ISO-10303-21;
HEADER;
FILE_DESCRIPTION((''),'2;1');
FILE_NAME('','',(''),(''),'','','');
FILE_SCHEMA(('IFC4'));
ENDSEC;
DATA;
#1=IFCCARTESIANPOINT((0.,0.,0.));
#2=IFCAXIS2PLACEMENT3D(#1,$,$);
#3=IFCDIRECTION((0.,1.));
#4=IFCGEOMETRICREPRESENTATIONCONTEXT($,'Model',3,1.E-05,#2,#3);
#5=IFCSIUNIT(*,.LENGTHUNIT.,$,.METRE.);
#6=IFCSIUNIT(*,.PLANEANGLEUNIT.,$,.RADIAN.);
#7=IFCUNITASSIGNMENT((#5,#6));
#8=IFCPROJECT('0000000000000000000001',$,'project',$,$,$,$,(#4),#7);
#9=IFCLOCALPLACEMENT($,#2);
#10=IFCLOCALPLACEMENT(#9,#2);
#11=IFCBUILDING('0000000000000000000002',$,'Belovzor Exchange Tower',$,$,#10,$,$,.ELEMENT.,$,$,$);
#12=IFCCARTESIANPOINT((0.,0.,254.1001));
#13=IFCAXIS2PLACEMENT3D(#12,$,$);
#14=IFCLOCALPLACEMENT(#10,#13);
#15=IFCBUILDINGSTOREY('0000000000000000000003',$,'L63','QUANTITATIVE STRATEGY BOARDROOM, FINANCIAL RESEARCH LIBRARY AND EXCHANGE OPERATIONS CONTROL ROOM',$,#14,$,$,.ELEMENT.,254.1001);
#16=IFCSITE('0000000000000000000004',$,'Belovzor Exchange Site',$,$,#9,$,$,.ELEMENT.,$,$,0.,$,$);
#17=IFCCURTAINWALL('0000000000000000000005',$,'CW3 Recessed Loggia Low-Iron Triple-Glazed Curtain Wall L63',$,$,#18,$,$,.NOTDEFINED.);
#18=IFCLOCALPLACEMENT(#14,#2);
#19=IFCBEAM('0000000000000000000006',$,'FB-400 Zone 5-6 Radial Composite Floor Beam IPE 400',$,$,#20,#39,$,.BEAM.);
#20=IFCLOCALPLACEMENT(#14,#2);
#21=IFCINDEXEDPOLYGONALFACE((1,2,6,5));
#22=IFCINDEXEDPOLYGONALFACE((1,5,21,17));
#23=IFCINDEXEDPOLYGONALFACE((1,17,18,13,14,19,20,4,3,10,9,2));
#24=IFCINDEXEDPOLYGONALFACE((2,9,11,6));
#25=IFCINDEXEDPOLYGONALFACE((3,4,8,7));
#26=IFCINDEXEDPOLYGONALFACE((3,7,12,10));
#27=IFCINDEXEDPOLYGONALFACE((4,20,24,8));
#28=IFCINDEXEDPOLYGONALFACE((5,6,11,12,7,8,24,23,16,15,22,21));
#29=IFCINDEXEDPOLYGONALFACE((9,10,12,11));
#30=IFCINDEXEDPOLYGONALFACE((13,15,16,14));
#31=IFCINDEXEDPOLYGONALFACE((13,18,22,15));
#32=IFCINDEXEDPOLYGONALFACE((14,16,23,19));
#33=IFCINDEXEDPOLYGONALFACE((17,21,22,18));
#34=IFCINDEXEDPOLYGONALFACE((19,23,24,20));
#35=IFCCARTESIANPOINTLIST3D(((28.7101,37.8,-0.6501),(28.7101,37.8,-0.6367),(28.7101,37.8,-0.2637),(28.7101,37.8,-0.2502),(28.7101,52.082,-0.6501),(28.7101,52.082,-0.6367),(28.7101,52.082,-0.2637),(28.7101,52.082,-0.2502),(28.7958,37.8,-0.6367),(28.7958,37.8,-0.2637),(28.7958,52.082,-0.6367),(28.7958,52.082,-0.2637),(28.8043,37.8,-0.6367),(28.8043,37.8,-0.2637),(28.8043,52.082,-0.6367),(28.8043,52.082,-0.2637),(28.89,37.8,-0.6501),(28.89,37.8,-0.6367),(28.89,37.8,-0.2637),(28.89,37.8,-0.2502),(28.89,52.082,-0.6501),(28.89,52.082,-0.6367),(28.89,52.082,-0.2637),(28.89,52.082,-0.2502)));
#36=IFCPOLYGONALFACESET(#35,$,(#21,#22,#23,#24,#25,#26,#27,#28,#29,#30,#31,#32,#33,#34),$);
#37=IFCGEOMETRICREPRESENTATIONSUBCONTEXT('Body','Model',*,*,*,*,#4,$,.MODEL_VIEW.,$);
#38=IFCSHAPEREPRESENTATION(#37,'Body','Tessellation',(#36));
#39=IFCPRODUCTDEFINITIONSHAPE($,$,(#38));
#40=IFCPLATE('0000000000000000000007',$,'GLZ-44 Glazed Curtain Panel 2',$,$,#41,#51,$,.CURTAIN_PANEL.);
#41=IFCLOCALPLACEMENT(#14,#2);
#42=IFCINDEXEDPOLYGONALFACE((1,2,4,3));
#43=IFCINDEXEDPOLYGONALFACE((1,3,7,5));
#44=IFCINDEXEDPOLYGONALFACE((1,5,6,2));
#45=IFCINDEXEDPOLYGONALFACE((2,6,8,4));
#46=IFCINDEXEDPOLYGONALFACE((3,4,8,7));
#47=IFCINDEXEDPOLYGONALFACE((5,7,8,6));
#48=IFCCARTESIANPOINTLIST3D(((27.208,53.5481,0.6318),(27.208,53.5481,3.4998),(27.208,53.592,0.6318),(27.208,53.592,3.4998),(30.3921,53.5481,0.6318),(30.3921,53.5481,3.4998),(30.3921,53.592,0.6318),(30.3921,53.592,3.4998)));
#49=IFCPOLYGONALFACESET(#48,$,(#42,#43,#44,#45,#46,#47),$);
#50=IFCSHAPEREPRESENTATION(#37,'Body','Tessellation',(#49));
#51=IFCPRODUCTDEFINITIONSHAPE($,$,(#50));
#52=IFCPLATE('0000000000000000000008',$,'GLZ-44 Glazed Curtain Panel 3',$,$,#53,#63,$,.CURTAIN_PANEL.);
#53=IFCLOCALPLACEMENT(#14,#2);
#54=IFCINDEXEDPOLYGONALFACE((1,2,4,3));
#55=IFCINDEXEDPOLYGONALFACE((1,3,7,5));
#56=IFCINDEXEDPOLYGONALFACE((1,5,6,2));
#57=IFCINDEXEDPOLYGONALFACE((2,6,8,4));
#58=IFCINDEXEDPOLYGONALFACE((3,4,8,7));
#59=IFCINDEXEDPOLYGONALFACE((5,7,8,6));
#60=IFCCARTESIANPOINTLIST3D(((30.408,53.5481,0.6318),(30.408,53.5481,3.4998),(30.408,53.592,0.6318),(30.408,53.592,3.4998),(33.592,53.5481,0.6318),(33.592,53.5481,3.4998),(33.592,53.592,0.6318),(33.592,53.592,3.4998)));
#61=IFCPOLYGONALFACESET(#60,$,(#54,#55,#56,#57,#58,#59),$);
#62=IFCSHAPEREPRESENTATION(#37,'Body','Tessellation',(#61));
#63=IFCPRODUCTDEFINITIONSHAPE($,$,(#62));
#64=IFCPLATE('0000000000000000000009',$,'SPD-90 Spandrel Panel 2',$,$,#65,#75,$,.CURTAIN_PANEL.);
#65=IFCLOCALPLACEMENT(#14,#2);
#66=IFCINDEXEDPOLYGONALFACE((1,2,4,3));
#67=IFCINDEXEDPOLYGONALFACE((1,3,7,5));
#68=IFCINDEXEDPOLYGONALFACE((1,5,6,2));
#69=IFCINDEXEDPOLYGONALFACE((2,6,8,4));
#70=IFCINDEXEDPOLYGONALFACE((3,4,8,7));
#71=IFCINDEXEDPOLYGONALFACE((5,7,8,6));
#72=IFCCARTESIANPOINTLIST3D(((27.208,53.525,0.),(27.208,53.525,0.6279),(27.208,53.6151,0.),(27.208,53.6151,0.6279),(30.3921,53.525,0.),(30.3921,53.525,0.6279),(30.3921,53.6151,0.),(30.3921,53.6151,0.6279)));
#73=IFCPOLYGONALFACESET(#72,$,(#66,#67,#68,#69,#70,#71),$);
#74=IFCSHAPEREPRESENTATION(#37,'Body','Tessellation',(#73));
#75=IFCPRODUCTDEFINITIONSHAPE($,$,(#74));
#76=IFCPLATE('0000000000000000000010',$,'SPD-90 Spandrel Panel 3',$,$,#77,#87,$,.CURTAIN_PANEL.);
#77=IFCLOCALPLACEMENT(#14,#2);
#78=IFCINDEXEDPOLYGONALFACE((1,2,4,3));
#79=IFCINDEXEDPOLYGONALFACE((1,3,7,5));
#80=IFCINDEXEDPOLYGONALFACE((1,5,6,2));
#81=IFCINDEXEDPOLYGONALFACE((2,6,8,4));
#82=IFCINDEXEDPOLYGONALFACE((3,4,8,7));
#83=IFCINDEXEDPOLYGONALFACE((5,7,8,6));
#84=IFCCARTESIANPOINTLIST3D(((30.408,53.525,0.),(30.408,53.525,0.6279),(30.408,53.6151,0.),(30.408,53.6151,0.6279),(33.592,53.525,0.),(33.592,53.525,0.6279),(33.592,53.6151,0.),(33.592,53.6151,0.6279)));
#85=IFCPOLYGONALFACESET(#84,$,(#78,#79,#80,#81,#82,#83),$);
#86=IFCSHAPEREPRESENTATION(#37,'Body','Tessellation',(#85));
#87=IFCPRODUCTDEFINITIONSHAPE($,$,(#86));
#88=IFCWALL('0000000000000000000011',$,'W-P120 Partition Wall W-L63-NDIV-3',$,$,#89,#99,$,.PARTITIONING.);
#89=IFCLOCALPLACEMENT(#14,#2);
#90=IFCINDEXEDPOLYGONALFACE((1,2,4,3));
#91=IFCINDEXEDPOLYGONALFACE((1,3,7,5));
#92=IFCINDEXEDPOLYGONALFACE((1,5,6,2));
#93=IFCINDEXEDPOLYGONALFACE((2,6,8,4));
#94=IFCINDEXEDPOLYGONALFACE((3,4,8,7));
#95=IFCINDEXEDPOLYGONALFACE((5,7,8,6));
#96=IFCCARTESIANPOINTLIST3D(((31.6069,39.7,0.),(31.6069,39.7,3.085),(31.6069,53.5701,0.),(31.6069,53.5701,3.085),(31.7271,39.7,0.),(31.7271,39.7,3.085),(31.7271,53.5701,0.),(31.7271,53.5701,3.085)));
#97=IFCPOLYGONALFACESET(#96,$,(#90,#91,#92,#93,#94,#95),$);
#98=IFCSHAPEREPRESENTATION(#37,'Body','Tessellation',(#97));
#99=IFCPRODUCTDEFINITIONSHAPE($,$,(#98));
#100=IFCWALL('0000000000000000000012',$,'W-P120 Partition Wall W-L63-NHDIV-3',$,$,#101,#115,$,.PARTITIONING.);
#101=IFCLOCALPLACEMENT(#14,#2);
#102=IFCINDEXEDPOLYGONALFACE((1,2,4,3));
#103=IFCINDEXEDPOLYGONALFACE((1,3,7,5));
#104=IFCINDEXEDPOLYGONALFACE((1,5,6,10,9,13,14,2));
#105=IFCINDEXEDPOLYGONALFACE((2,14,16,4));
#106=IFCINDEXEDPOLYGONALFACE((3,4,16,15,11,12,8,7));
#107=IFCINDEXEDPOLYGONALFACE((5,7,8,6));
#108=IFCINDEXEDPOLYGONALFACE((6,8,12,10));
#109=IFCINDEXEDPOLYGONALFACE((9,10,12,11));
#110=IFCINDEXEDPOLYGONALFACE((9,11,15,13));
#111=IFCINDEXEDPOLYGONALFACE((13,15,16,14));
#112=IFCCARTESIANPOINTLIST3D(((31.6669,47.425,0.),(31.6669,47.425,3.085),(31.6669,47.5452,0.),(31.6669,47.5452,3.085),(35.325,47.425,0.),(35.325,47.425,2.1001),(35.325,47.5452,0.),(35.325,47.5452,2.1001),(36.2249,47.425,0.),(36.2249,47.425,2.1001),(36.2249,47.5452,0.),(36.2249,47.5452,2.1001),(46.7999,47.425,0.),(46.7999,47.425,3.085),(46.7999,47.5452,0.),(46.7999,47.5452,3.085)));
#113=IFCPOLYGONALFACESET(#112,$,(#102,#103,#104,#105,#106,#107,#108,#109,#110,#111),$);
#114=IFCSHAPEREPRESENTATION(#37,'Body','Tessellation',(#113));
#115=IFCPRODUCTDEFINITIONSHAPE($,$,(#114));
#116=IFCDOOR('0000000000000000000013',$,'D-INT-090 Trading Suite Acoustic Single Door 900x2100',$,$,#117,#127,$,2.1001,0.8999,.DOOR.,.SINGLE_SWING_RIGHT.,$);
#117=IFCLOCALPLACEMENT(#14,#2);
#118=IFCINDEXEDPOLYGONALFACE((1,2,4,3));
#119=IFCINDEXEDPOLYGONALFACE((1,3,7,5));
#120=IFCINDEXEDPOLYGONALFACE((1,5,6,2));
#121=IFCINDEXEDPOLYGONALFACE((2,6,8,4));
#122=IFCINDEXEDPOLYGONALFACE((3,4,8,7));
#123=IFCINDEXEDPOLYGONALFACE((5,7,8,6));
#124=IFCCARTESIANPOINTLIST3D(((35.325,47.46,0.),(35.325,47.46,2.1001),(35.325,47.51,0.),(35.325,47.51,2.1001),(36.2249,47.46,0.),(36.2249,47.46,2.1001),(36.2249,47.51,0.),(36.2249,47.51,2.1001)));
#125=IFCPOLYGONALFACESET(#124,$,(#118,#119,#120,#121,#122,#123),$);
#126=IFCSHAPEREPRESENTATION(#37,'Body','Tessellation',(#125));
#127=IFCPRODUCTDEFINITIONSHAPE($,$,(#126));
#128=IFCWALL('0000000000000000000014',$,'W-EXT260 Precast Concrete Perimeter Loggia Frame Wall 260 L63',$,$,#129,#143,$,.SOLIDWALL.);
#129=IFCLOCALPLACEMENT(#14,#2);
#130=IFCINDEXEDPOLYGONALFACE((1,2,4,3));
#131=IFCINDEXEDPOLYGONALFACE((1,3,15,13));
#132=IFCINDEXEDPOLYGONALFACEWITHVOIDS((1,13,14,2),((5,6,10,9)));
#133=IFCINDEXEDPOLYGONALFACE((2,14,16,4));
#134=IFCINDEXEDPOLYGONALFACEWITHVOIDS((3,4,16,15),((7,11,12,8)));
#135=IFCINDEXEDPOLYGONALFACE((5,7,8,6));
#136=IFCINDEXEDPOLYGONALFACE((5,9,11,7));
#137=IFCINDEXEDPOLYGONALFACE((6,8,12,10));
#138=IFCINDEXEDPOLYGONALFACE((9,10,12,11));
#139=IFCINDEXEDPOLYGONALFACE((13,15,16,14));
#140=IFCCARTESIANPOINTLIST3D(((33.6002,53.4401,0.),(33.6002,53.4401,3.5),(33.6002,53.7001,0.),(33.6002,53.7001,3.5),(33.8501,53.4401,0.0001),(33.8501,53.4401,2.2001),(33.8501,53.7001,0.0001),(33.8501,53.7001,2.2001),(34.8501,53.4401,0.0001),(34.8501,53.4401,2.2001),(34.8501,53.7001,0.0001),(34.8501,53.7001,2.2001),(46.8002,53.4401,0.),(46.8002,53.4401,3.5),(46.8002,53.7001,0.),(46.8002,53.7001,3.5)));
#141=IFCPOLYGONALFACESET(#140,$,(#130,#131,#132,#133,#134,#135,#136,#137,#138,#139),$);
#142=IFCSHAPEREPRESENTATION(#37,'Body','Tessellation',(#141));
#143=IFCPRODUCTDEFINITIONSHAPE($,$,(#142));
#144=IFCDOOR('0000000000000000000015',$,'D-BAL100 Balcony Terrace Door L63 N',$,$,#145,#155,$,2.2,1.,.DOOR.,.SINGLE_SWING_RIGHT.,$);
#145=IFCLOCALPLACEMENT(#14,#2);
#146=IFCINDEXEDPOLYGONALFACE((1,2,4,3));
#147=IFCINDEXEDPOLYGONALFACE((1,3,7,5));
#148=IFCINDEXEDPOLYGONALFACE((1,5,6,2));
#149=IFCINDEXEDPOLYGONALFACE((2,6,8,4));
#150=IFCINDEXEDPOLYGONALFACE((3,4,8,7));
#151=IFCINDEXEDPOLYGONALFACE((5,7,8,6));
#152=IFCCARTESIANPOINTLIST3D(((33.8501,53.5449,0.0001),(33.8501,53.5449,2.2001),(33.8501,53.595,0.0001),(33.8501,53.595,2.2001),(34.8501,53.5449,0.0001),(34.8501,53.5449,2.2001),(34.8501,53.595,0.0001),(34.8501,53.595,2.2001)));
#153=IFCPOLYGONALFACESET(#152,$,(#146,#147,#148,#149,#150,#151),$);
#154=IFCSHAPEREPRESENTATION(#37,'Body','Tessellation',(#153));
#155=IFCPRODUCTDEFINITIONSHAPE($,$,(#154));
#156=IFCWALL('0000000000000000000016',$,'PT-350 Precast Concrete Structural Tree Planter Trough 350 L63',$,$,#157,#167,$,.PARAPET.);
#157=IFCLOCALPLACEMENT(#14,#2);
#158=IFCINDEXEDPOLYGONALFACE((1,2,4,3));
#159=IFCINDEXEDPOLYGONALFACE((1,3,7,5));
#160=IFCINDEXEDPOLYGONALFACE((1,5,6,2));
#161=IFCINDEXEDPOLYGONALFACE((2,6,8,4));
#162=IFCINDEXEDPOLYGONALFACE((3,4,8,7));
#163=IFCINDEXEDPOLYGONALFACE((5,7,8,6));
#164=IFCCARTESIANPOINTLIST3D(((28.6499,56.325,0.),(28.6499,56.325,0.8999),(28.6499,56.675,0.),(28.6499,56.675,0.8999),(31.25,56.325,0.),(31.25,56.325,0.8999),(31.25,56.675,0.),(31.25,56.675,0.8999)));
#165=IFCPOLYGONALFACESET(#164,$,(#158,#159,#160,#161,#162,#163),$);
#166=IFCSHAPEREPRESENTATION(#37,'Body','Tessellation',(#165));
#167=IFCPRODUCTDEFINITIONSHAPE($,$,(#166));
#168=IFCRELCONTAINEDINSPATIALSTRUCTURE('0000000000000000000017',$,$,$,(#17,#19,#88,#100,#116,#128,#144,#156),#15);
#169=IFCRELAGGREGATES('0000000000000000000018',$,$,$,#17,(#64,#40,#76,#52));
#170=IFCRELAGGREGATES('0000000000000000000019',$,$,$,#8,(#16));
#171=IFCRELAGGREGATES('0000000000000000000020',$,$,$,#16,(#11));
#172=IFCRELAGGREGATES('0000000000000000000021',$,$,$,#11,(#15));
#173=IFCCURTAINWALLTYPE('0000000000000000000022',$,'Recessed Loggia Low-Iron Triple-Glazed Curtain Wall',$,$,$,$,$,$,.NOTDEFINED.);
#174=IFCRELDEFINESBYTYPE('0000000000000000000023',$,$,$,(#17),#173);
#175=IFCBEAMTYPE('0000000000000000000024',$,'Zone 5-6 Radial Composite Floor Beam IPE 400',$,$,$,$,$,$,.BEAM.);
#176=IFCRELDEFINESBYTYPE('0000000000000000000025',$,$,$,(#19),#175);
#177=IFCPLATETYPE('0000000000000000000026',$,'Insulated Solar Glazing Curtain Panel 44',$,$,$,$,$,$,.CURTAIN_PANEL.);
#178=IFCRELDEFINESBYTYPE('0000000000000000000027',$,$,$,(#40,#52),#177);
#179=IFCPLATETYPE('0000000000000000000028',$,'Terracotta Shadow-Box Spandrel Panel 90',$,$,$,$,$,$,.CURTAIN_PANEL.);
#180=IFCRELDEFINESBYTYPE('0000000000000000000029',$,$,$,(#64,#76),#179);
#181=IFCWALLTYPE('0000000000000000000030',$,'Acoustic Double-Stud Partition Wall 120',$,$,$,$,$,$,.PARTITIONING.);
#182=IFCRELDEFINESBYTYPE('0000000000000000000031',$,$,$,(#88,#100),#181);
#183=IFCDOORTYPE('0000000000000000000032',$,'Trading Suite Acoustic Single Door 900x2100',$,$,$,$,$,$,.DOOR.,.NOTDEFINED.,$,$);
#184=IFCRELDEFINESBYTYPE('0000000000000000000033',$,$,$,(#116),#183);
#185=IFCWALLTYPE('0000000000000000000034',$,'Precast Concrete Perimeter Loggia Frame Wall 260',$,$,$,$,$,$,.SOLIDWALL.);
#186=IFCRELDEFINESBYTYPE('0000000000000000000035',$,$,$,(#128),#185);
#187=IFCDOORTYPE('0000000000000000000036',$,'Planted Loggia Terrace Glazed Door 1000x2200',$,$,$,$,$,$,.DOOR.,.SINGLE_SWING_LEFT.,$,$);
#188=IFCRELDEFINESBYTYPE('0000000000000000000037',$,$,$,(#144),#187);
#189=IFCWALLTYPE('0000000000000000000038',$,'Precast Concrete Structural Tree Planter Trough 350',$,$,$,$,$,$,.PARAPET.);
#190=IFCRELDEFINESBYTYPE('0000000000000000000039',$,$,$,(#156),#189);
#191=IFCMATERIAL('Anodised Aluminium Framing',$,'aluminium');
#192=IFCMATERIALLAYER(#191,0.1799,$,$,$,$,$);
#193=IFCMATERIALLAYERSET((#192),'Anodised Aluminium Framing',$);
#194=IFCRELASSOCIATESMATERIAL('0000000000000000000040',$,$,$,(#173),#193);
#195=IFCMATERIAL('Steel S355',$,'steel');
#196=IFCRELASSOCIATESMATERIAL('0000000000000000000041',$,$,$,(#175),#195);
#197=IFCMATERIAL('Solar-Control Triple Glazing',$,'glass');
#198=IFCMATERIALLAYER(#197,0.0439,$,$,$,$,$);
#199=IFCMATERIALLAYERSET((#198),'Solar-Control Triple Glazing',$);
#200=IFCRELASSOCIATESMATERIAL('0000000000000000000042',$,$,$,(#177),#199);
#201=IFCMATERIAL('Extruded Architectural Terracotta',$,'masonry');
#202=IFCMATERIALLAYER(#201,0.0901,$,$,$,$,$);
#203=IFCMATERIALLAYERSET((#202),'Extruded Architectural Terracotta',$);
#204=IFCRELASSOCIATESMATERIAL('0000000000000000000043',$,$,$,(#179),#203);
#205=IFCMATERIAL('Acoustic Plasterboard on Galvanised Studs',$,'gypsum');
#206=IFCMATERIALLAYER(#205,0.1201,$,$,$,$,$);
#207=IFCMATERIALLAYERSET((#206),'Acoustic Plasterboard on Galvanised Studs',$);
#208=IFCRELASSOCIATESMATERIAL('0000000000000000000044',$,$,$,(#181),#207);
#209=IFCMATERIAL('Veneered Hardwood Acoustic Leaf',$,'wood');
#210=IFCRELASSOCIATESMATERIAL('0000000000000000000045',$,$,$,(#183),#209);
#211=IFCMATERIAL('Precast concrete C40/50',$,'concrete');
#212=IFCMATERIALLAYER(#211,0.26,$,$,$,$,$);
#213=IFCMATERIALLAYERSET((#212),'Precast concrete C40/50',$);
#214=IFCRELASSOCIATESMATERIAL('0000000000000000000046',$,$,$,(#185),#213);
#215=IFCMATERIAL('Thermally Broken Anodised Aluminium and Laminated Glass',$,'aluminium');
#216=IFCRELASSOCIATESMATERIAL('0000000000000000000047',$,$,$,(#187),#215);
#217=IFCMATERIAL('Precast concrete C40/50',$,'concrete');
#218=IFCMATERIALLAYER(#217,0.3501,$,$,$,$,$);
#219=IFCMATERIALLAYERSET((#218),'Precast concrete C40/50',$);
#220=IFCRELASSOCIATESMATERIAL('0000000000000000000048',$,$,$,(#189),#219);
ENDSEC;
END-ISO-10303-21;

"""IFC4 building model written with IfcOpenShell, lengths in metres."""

from ifc_helpers import new_model, si_unit, direction, frame, frame_2d, origin, origin_2d, place, context, subcontext, project, spatial, rectangle, i_section, extrude, material, layer, layer_set, material_profile, profile_set, type_object, element, fill, aggregate, save


model = new_model("IFC4")

# Units and contexts
model_context = context("Model", 3, precision=1e-05, world=origin(), true_north=direction((0.0, 1.0)))
body_context = subcontext(model_context, "Body", "Model", "MODEL_VIEW")
ifc_project = project(units=[si_unit("LENGTHUNIT", "METRE"), si_unit("PLANEANGLEUNIT", "RADIAN")], contexts=[model_context])

# Site, building, storey
site_placement = place(None, origin())
site = spatial("IfcSite", under=ifc_project, at=site_placement, Name="Belovzor Exchange Site", CompositionType="ELEMENT", RefElevation=0.0)
building_placement = place(site_placement, origin())
building = spatial("IfcBuilding", under=site, at=building_placement, Name="Belovzor Exchange Tower", CompositionType="ELEMENT")
storey_placement = place(building_placement, frame((0.0, 0.0, 254.1001)))
storey = spatial("IfcBuildingStorey", under=building, at=storey_placement, Name="L63", Description="QUANTITATIVE STRATEGY BOARDROOM, FINANCIAL RESEARCH LIBRARY AND EXCHANGE OPERATIONS CONTROL ROOM", CompositionType="ELEMENT", Elevation=254.1001)

# Curtain wall
ifc_material_1 = material(Name="Anodised Aluminium Framing", Category="aluminium")
ifc_layer_1 = layer(ifc_material_1, 0.1799)
ifc_layer_set_1 = layer_set([ifc_layer_1], Name="Anodised Aluminium Framing")
curtain_wall_type = type_object("IfcCurtainWallType", Name="Recessed Loggia Low-Iron Triple-Glazed Curtain Wall", PredefinedType="NOTDEFINED", material=ifc_layer_set_1)
curtain_wall_placement = place(storey_placement, origin())
curtain_wall = element("IfcCurtainWall", 1, at=curtain_wall_placement, inside=storey, type_object=curtain_wall_type, Name="CW3 Recessed Loggia Low-Iron Triple-Glazed Curtain Wall L63", PredefinedType="NOTDEFINED")

# Beam
ifc_material_2 = material(Name="Steel S355", Category="steel")
ifc_material_profile_1 = material_profile(ifc_material_2, i_section(OverallWidth=0.1799, OverallDepth=0.3999, WebThickness=0.0085, FlangeThickness=0.0134, at=origin_2d()))
ifc_profile_set_1 = profile_set([ifc_material_profile_1], Name="Steel S355")
beam_type_1 = type_object("IfcBeamType", Name="Zone 5-6 Radial Composite Floor Beam IPE 400", PredefinedType="BEAM", material=ifc_profile_set_1)
beam_1_placement = place(storey_placement, frame((28.8, 37.8, -0.4502), z_axis=(0.0, 1.0, 0.0), x_axis=(-1.0, 0.0, 0.0)))
element("IfcBeam", 2, at=beam_1_placement, inside=storey, type_object=beam_type_1, Name="FB-400 Zone 5-6 Radial Composite Floor Beam IPE 400", PredefinedType="BEAM", context=body_context, shape_type="SweptSolid", body=[
    extrude(i_section(OverallWidth=0.1799, OverallDepth=0.3999, WebThickness=0.0085, FlangeThickness=0.0134, at=origin_2d()), origin(), (0.0, 0.0, 1.0), 14.282),
])

# Plates
ifc_material_3 = material(Name="Solar-Control Triple Glazing", Category="glass")
ifc_layer_2 = layer(ifc_material_3, 0.0439)
ifc_layer_set_2 = layer_set([ifc_layer_2], Name="Solar-Control Triple Glazing")
plate_type_1 = type_object("IfcPlateType", Name="Insulated Solar Glazing Curtain Panel 44", PredefinedType="CURTAIN_PANEL", material=ifc_layer_set_2)
plate_1_placement = place(storey_placement, frame((28.8, 53.5701, 0.6318), z_axis=(0.0, 0.0, 1.0), x_axis=(1.0, 0.0, 0.0)))
plate_1 = element("IfcPlate", 3, at=plate_1_placement, type_object=plate_type_1, Name="GLZ-44 Glazed Curtain Panel 2", PredefinedType="CURTAIN_PANEL", context=body_context, shape_type="SweptSolid", body=[
    extrude(rectangle(XDim=3.1841, YDim=0.0439, at=origin_2d()), origin(), (0.0, 0.0, 1.0), 2.8679),
])
plate_2_placement = place(storey_placement, frame((32.0, 53.5701, 0.6318), z_axis=(0.0, 0.0, 1.0), x_axis=(1.0, 0.0, 0.0)))
plate_2 = element("IfcPlate", 4, at=plate_2_placement, type_object=plate_type_1, Name="GLZ-44 Glazed Curtain Panel 3", PredefinedType="CURTAIN_PANEL", context=body_context, shape_type="SweptSolid", body=[
    extrude(rectangle(XDim=3.1841, YDim=0.0439, at=origin_2d()), origin(), (0.0, 0.0, 1.0), 2.8679),
])
ifc_material_4 = material(Name="Extruded Architectural Terracotta", Category="masonry")
ifc_layer_3 = layer(ifc_material_4, 0.0901)
ifc_layer_set_3 = layer_set([ifc_layer_3], Name="Extruded Architectural Terracotta")
plate_type_2 = type_object("IfcPlateType", Name="Terracotta Shadow-Box Spandrel Panel 90", PredefinedType="CURTAIN_PANEL", material=ifc_layer_set_3)
plate_3_placement = place(storey_placement, frame((28.8, 53.5701, 0.0), z_axis=(0.0, 0.0, 1.0), x_axis=(1.0, 0.0, 0.0)))
plate_3 = element("IfcPlate", 5, at=plate_3_placement, type_object=plate_type_2, Name="SPD-90 Spandrel Panel 2", PredefinedType="CURTAIN_PANEL", context=body_context, shape_type="SweptSolid", body=[
    extrude(rectangle(XDim=3.1841, YDim=0.0901, at=origin_2d()), origin(), (0.0, 0.0, 1.0), 0.6279),
])
plate_4_placement = place(storey_placement, frame((32.0, 53.5701, 0.0), z_axis=(0.0, 0.0, 1.0), x_axis=(1.0, 0.0, 0.0)))
plate_4 = element("IfcPlate", 6, at=plate_4_placement, type_object=plate_type_2, Name="SPD-90 Spandrel Panel 3", PredefinedType="CURTAIN_PANEL", context=body_context, shape_type="SweptSolid", body=[
    extrude(rectangle(XDim=3.1841, YDim=0.0901, at=origin_2d()), origin(), (0.0, 0.0, 1.0), 0.6279),
])
aggregate(curtain_wall, [plate_3, plate_1, plate_4, plate_2])

# Wall
ifc_material_5 = material(Name="Acoustic Plasterboard on Galvanised Studs", Category="gypsum")
ifc_layer_4 = layer(ifc_material_5, 0.1201)
ifc_layer_set_4 = layer_set([ifc_layer_4], Name="Acoustic Plasterboard on Galvanised Studs")
wall_type_1 = type_object("IfcWallType", Name="Acoustic Double-Stud Partition Wall 120", PredefinedType="PARTITIONING", material=ifc_layer_set_4)
wall_1_placement = place(storey_placement, frame((31.667, 39.7, 0.0), z_axis=(0.0, 0.0, 1.0), x_axis=(0.0, 1.0, 0.0)))
element("IfcWall", 7, at=wall_1_placement, inside=storey, type_object=wall_type_1, Name="W-P120 Partition Wall W-L63-NDIV-3", PredefinedType="PARTITIONING", context=body_context, shape_type="SweptSolid", body=[
    extrude(rectangle(XDim=13.8701, YDim=0.1201, at=frame_2d((6.9351, 0.0))), origin(), (0.0, 0.0, 1.0), 3.085),
])

# Walls, openings, doors
wall_2_placement = place(storey_placement, frame((31.667, 47.4851, 0.0), z_axis=(0.0, 0.0, 1.0), x_axis=(1.0, 0.0, 0.0)))
wall_2 = element("IfcWall", 8, at=wall_2_placement, inside=storey, type_object=wall_type_1, Name="W-P120 Partition Wall W-L63-NHDIV-3", PredefinedType="PARTITIONING", context=body_context, shape_type="SweptSolid", body=[
    extrude(rectangle(XDim=15.1331, YDim=0.1201, at=frame_2d((7.5664, 0.0))), origin(), (0.0, 0.0, 1.0), 3.085),
])
opening_1_placement = place(wall_2_placement, frame((3.658, 0.0, 0.0)))
opening_1 = element("IfcOpeningElement", 9, at=opening_1_placement, cuts=wall_2, PredefinedType="OPENING", context=body_context, shape_type="SweptSolid", body=[
    extrude(rectangle(XDim=0.8999, YDim=2.1001, at=frame_2d((0.45, 1.05))), frame((0.0, 0.0701, 0.0), z_axis=(0.0, -1.0, 0.0), x_axis=(1.0, 0.0, 0.0)), (0.0, 0.0, 1.0), 0.1401),
])
ifc_material_6 = material(Name="Veneered Hardwood Acoustic Leaf", Category="wood")
door_type_1 = type_object("IfcDoorType", Name="Trading Suite Acoustic Single Door 900x2100", OperationType="NOTDEFINED", PredefinedType="DOOR", material=ifc_material_6)
door_1_placement = place(opening_1_placement, origin())
door_1 = element("IfcDoor", 10, at=door_1_placement, inside=storey, type_object=door_type_1, Name="D-INT-090 Trading Suite Acoustic Single Door 900x2100", OperationType="SINGLE_SWING_RIGHT", OverallHeight=2.1001, OverallWidth=0.8999, PredefinedType="DOOR", context=body_context, shape_type="SweptSolid", body=[
    extrude(rectangle(XDim=0.8999, YDim=2.1001, at=frame_2d((0.45, 1.05))), frame((0.0, 0.0249, 0.0), z_axis=(0.0, -1.0, 0.0), x_axis=(1.0, 0.0, 0.0)), (0.0, 0.0, 1.0), 0.05),
])
fill(opening_1, door_1)
ifc_material_7 = material(Name="Precast concrete C40/50", Category="concrete")
ifc_layer_5 = layer(ifc_material_7, 0.26)
ifc_layer_set_5 = layer_set([ifc_layer_5], Name="Precast concrete C40/50")
wall_type_2 = type_object("IfcWallType", Name="Precast Concrete Perimeter Loggia Frame Wall 260", PredefinedType="SOLIDWALL", material=ifc_layer_set_5)
wall_3_placement = place(storey_placement, frame((33.6001, 53.5701, 0.0), z_axis=(0.0, 0.0, 1.0), x_axis=(1.0, 0.0, 0.0)))
wall_3 = element("IfcWall", 11, at=wall_3_placement, inside=storey, type_object=wall_type_2, Name="W-EXT260 Precast Concrete Perimeter Loggia Frame Wall 260 L63", PredefinedType="SOLIDWALL", context=body_context, shape_type="SweptSolid", body=[
    extrude(rectangle(XDim=13.2, YDim=0.26, at=frame_2d((6.6001, 0.0))), origin(), (0.0, 0.0, 1.0), 3.5),
])
opening_2_placement = place(wall_3_placement, frame((0.25, 0.0, 0.0)))
opening_2 = element("IfcOpeningElement", 12, at=opening_2_placement, cuts=wall_3, PredefinedType="OPENING", context=body_context, shape_type="SweptSolid", body=[
    extrude(rectangle(XDim=1.0, YDim=2.2, at=frame_2d((0.5, 1.1001))), frame((0.0, 0.1399, 0.0), z_axis=(0.0, -1.0, 0.0), x_axis=(1.0, 0.0, 0.0)), (0.0, 0.0, 1.0), 0.28),
])
ifc_material_8 = material(Name="Thermally Broken Anodised Aluminium and Laminated Glass", Category="aluminium")
door_type_2 = type_object("IfcDoorType", Name="Planted Loggia Terrace Glazed Door 1000x2200", OperationType="SINGLE_SWING_LEFT", PredefinedType="DOOR", material=ifc_material_8)
door_2_placement = place(opening_2_placement, origin())
door_2 = element("IfcDoor", 13, at=door_2_placement, inside=storey, type_object=door_type_2, Name="D-BAL100 Balcony Terrace Door L63 N", OperationType="SINGLE_SWING_RIGHT", OverallHeight=2.2, OverallWidth=1.0, PredefinedType="DOOR", context=body_context, shape_type="SweptSolid", body=[
    extrude(rectangle(XDim=1.0, YDim=2.2, at=frame_2d((0.5, 1.1001))), frame((0.0, 0.0249, 0.0), z_axis=(0.0, -1.0, 0.0), x_axis=(1.0, 0.0, 0.0)), (0.0, 0.0, 1.0), 0.05),
])
fill(opening_2, door_2)

# Wall
ifc_material_9 = material(Name="Precast concrete C40/50", Category="concrete")
ifc_layer_6 = layer(ifc_material_9, 0.3501)
ifc_layer_set_6 = layer_set([ifc_layer_6], Name="Precast concrete C40/50")
wall_type_3 = type_object("IfcWallType", Name="Precast Concrete Structural Tree Planter Trough 350", PredefinedType="PARAPET", material=ifc_layer_set_6)
wall_4_placement = place(storey_placement, frame((28.6499, 56.5, 0.0), z_axis=(0.0, 0.0, 1.0), x_axis=(1.0, 0.0, 0.0)))
element("IfcWall", 14, at=wall_4_placement, inside=storey, type_object=wall_type_3, Name="PT-350 Precast Concrete Structural Tree Planter Trough 350 L63", PredefinedType="PARAPET", context=body_context, shape_type="SweptSolid", body=[
    extrude(rectangle(XDim=2.6001, YDim=0.3501, at=frame_2d((1.3, 0.0))), origin(), (0.0, 0.0, 1.0), 0.8999),
])

save(model, "model.ifc")
